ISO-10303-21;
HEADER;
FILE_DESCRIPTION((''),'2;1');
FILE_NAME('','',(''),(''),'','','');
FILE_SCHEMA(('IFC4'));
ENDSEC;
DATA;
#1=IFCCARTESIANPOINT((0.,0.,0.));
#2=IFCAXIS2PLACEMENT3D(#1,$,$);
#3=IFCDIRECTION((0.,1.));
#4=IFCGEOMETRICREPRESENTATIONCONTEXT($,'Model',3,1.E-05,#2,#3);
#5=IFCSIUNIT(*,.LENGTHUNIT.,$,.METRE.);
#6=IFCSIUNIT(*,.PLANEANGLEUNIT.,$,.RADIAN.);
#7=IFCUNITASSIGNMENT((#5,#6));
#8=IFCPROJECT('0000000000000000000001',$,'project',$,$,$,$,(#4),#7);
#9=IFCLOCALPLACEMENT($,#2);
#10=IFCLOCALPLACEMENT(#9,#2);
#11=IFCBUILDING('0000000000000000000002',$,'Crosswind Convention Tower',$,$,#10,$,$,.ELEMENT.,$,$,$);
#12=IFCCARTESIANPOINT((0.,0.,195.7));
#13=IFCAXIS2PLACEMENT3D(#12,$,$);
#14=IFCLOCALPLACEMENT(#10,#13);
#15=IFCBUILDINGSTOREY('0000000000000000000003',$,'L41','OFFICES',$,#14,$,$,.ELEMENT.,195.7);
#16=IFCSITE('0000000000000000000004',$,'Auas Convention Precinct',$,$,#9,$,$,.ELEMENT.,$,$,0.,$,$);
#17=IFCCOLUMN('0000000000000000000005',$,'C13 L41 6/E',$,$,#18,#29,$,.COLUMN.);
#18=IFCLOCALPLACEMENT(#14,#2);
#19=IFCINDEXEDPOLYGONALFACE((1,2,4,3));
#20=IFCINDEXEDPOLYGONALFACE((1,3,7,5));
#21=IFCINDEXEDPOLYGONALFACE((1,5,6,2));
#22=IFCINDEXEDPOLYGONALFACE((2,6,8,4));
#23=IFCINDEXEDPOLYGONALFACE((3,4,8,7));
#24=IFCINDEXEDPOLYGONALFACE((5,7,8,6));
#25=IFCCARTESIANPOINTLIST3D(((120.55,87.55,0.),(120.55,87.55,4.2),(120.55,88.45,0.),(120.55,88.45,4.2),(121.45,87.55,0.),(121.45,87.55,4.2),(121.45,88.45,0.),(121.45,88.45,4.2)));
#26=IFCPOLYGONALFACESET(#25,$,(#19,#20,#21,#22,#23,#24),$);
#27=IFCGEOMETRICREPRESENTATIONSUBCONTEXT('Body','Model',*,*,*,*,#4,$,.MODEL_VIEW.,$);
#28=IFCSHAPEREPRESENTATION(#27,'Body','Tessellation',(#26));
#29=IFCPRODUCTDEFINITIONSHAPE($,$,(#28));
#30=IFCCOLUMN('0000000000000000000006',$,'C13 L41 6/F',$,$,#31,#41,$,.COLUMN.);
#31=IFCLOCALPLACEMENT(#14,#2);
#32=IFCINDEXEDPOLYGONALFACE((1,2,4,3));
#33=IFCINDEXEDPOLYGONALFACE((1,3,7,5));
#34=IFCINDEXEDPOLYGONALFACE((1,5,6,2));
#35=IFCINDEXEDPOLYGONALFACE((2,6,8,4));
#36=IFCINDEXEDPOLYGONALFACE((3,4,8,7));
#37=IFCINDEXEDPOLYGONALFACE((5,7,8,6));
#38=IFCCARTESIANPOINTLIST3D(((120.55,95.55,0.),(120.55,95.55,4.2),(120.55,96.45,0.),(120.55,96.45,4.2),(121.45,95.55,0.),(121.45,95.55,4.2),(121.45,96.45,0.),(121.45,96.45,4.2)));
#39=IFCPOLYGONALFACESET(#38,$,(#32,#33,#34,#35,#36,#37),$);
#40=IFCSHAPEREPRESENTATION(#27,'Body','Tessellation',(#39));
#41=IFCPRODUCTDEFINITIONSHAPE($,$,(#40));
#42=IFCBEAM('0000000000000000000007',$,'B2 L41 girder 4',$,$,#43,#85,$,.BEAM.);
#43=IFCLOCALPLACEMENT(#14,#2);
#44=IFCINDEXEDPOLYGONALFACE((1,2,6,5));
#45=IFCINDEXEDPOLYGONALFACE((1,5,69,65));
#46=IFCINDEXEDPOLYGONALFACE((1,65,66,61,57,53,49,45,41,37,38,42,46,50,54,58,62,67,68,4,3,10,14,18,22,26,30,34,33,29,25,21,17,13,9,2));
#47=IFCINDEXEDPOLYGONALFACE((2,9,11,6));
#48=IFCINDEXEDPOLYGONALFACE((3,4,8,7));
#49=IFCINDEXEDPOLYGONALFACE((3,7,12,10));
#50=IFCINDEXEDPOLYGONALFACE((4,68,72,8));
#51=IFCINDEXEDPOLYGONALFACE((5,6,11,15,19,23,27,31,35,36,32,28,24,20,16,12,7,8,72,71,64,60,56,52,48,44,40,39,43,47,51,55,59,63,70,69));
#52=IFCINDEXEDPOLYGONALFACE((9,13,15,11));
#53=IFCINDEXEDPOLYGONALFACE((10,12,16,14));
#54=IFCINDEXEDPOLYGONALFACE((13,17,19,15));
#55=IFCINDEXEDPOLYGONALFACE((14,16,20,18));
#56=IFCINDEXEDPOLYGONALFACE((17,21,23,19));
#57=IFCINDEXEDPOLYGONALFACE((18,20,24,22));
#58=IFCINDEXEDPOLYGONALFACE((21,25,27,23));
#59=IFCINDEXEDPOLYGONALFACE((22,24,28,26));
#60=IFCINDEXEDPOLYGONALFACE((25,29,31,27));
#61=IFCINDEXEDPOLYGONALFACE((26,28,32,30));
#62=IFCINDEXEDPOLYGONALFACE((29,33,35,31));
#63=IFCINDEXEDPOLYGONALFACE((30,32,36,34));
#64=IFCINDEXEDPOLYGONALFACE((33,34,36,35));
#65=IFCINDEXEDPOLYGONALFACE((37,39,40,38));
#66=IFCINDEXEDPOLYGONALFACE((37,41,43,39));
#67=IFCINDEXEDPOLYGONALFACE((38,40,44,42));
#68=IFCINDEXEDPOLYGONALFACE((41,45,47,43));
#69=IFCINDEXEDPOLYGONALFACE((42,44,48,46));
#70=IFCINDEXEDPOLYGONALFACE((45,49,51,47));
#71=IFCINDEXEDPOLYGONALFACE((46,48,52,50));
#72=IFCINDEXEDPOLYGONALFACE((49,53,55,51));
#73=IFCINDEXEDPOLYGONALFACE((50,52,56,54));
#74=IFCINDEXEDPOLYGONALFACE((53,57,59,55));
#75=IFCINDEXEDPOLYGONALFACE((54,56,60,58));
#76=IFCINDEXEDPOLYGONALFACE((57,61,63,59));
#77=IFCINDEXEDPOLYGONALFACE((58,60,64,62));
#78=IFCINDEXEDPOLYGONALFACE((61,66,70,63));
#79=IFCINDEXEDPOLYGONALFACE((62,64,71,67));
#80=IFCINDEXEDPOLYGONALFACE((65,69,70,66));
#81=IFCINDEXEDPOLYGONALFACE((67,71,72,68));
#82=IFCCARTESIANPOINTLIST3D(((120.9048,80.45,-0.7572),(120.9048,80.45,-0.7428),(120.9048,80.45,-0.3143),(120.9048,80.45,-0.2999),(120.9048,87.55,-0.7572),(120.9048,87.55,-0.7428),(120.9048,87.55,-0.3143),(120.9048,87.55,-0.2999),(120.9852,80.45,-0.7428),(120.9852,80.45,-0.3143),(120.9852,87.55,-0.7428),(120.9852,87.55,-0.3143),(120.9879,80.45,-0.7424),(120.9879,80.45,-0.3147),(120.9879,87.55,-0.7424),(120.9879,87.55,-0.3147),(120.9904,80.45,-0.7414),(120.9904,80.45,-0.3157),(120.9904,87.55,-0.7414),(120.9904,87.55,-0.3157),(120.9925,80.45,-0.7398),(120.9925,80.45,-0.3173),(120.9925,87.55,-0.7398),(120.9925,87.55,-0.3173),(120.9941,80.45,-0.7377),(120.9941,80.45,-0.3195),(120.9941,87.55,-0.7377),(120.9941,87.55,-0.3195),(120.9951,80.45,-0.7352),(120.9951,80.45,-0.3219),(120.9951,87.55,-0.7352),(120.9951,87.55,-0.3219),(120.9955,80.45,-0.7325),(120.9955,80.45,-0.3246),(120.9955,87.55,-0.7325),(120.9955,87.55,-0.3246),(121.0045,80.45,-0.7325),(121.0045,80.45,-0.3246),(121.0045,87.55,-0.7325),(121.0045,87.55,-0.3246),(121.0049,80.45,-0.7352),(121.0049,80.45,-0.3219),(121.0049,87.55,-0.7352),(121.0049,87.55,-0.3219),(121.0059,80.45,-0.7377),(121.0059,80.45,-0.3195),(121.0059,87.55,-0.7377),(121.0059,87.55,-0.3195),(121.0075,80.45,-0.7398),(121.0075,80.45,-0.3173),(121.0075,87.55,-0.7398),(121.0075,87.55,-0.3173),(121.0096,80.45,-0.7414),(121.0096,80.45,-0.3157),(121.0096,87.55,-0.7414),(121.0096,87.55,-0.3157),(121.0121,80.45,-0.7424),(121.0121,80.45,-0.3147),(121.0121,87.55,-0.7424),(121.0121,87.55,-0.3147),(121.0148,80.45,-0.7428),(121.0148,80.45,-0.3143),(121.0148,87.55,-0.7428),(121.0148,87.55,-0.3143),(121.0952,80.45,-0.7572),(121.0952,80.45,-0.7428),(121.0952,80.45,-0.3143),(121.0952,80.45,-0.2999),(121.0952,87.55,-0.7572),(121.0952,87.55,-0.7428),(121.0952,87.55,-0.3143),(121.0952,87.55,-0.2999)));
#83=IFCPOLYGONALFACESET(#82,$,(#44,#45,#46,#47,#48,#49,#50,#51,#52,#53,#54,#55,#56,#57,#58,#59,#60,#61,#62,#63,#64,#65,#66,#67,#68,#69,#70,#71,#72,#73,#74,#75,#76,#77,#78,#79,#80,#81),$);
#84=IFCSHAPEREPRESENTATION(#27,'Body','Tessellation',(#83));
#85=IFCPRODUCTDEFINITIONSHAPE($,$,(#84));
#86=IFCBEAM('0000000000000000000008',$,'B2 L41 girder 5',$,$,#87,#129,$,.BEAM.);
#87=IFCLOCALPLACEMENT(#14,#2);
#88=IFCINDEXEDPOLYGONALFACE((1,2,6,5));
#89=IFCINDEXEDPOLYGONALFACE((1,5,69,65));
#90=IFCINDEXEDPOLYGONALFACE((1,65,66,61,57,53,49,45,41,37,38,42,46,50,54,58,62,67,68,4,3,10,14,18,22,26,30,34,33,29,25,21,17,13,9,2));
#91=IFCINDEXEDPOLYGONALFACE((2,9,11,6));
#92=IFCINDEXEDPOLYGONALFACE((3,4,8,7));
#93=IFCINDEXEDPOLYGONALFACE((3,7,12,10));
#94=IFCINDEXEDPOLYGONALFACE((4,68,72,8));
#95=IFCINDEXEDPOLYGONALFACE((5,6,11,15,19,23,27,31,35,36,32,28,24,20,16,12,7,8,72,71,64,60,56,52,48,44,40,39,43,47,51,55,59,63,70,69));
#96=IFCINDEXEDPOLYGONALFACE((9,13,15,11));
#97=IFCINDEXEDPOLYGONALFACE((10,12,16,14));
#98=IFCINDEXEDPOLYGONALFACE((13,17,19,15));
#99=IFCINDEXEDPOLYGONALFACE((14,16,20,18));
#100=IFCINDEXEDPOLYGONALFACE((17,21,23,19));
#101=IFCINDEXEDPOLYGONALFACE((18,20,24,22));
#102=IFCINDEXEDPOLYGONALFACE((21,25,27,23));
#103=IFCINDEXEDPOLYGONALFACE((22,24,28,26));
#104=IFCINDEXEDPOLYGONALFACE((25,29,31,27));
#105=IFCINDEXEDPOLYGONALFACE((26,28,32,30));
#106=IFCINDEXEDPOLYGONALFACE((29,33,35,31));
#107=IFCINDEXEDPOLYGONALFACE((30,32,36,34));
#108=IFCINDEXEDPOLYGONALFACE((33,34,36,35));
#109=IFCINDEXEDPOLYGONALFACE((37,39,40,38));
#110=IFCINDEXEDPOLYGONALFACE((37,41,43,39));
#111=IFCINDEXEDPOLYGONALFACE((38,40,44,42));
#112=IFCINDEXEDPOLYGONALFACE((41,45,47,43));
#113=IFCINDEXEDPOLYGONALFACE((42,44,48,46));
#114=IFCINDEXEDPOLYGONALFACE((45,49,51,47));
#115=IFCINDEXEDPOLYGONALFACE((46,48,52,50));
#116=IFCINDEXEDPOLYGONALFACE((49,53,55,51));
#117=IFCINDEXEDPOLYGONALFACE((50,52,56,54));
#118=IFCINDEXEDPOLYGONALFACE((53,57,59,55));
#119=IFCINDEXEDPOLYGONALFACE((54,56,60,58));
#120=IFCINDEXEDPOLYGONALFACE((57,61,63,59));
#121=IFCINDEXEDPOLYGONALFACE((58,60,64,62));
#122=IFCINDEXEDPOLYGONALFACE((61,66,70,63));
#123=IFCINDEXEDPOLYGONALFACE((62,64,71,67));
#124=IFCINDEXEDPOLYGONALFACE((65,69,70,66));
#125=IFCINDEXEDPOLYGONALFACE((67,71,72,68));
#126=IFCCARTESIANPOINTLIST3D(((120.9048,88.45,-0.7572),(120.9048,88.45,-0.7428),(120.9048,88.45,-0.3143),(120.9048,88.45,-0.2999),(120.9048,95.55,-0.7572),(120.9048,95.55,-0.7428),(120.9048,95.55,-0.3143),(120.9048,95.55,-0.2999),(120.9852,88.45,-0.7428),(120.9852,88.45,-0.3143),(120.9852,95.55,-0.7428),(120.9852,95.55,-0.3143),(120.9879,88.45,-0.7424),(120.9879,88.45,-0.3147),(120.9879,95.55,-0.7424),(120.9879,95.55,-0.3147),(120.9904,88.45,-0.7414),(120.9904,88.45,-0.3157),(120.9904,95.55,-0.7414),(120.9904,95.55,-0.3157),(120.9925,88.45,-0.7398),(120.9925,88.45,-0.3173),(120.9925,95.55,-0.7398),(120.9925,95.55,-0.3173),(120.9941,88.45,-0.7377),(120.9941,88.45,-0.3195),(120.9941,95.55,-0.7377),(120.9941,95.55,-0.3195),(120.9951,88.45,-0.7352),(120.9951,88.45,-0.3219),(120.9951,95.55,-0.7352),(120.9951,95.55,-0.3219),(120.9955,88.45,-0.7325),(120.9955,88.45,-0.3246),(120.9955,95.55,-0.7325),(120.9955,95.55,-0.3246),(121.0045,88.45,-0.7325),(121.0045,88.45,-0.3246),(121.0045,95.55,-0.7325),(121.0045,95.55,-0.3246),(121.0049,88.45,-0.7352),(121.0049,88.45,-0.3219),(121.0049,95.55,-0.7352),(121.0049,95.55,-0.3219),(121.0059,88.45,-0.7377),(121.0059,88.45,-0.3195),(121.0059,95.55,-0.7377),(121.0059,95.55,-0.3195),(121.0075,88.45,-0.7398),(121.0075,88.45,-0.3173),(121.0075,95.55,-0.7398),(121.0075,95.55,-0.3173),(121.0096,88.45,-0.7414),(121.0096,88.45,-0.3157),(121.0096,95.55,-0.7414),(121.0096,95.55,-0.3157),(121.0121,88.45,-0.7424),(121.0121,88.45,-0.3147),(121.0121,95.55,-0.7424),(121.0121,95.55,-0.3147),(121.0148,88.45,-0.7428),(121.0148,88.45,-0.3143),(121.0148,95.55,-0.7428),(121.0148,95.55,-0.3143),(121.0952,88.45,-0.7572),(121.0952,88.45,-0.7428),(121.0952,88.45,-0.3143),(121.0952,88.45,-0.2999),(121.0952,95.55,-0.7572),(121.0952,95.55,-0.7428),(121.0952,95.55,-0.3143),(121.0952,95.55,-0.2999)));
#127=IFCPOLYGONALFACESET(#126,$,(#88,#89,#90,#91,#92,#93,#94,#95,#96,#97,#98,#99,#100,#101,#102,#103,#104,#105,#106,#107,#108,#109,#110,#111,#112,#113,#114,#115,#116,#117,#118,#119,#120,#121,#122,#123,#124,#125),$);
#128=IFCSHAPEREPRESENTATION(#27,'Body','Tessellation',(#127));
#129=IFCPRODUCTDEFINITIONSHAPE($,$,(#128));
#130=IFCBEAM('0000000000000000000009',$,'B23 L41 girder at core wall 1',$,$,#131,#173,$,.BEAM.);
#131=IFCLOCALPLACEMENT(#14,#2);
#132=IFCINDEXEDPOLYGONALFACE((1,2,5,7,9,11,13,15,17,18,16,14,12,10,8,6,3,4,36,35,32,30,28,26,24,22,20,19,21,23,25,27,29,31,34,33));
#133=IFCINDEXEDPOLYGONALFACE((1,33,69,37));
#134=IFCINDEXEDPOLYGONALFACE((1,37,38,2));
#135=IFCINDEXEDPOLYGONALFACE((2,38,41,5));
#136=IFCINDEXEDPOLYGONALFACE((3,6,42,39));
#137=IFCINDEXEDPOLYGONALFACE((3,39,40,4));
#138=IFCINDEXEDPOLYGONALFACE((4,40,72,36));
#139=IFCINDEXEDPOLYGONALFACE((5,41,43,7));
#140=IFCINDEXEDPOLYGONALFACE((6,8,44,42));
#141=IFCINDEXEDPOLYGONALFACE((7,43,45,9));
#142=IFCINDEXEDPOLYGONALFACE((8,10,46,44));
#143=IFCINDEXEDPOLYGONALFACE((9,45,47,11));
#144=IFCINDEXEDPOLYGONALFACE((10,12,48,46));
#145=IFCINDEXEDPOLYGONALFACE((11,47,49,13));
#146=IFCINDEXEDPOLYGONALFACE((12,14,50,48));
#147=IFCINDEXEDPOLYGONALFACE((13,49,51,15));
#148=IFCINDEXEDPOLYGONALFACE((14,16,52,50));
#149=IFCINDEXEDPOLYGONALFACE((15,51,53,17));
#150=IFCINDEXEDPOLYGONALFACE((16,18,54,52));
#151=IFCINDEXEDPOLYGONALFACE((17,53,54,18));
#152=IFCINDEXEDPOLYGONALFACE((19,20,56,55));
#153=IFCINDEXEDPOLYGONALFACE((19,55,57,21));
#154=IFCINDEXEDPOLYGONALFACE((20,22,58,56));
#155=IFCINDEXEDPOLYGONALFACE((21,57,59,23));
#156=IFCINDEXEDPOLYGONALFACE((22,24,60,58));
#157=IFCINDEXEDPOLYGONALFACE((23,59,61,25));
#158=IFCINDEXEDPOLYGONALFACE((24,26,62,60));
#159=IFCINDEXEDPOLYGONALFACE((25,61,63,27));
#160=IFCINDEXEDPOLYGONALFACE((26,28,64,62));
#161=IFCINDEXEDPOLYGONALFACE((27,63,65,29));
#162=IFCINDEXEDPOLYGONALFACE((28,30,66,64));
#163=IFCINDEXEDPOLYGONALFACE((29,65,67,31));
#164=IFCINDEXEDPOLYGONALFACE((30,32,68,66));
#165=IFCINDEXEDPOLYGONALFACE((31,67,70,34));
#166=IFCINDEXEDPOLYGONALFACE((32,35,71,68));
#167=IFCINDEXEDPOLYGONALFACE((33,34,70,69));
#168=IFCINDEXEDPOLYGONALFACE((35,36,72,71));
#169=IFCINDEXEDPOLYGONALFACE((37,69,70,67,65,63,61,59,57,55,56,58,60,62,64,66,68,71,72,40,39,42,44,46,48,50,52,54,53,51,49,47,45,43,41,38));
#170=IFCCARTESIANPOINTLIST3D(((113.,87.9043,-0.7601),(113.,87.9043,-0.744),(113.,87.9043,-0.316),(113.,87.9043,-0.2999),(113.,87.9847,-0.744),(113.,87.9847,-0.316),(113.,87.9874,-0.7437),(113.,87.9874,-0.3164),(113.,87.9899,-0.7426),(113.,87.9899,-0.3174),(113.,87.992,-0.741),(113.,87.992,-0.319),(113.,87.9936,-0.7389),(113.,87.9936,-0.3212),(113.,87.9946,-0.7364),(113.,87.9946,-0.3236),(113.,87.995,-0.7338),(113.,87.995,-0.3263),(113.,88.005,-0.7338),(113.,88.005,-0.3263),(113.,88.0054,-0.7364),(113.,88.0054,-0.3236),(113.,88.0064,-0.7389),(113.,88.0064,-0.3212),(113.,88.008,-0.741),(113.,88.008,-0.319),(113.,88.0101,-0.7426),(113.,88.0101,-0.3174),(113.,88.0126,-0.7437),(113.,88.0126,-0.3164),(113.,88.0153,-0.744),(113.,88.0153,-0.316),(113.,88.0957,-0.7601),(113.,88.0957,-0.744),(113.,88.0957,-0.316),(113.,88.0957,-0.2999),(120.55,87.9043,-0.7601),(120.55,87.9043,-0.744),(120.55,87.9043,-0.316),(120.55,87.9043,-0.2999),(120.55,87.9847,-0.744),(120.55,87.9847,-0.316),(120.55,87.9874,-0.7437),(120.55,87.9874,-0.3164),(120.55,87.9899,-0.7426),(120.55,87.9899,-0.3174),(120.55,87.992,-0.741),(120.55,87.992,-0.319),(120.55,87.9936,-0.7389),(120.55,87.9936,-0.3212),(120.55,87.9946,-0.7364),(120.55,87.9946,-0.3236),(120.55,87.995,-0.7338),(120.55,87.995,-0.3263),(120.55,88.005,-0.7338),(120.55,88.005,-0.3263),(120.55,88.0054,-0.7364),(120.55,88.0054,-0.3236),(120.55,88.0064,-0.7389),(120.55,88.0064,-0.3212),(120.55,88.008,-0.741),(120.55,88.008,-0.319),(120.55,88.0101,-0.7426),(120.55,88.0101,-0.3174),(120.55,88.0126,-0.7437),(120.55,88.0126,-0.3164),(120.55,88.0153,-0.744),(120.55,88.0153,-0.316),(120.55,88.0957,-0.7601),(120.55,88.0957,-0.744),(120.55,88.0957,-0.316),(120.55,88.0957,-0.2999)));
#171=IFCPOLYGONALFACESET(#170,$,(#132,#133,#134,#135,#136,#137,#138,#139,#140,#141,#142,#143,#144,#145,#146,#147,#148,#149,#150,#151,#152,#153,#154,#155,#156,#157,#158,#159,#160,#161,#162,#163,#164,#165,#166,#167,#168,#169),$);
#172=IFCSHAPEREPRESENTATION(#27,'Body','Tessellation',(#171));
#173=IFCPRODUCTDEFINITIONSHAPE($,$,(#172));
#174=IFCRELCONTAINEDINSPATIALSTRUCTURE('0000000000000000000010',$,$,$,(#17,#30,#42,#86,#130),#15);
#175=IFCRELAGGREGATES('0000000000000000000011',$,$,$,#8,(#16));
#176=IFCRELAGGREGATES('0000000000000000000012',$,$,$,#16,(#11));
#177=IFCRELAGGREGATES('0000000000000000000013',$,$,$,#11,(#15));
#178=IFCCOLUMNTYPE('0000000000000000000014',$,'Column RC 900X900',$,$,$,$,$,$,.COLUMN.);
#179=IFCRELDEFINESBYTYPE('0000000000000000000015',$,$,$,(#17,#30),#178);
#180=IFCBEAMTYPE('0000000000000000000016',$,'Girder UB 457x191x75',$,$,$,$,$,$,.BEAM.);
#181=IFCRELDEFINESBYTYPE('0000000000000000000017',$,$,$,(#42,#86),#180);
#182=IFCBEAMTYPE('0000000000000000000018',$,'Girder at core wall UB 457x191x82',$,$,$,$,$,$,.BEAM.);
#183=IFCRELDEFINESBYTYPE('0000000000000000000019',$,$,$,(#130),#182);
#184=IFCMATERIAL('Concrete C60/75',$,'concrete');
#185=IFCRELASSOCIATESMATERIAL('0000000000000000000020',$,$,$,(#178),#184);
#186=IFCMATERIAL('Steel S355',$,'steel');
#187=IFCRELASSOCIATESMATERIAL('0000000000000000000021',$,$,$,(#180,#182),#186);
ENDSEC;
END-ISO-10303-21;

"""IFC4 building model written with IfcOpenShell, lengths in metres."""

from ifc_helpers import new_model, si_unit, direction, frame, origin, origin_2d, place, context, subcontext, project, spatial, rectangle, i_section, extrude, material, material_profile, profile_set, type_object, element, save


model = new_model("IFC4")

# Units and contexts
model_context = context("Model", 3, precision=1e-05, world=origin(), true_north=direction((0.0, 1.0)))
body_context = subcontext(model_context, "Body", "Model", "MODEL_VIEW")
ifc_project = project(units=[si_unit("LENGTHUNIT", "METRE"), si_unit("PLANEANGLEUNIT", "RADIAN")], contexts=[model_context])

# Site, building, storey
site_placement = place(None, origin())
site = spatial("IfcSite", under=ifc_project, at=site_placement, Name="Auas Convention Precinct", CompositionType="ELEMENT", RefElevation=0.0)
building_placement = place(site_placement, origin())
building = spatial("IfcBuilding", under=site, at=building_placement, Name="Crosswind Convention Tower", CompositionType="ELEMENT")
storey_placement = place(building_placement, frame((0.0, 0.0, 195.7)))
storey = spatial("IfcBuildingStorey", under=building, at=storey_placement, Name="L41", Description="OFFICES", CompositionType="ELEMENT", Elevation=195.7)

# Columns
ifc_material_1 = material(Name="Concrete C60/75", Category="concrete")
ifc_material_profile_1 = material_profile(ifc_material_1, rectangle(XDim=0.8999, YDim=0.8999, at=origin_2d()), Name="RC 900X900")
ifc_profile_set_1 = profile_set([ifc_material_profile_1], Name="Concrete C60/75")
column_type = type_object("IfcColumnType", Name="Column RC 900X900", PredefinedType="COLUMN", material=ifc_profile_set_1)
for number, where, z_axis, x_axis, name in (
    (1, (121.0, 88.0, 0.0), (0.0, 0.0, 1.0), (1.0, 0.0, 0.0), "C13 L41 6/E"),
    (2, (121.0, 96.0, 0.0), (0.0, 0.0, 1.0), (1.0, 0.0, 0.0), "C13 L41 6/F"),
):
    element("IfcColumn", number, at=place(storey_placement, frame(where, z_axis=z_axis, x_axis=x_axis)), inside=storey, type_object=column_type, Name=name, PredefinedType="COLUMN", context=body_context, shape_type="SweptSolid", body=[
        extrude(rectangle(XDim=0.8999, YDim=0.8999, at=origin_2d()), origin(), (0.0, 0.0, 1.0), 4.2),
    ])

# Beams
ifc_material_2 = material(Name="Steel S355", Category="steel")
ifc_material_profile_2 = material_profile(ifc_material_2, i_section(OverallWidth=0.1904, OverallDepth=0.4573, WebThickness=0.009, FlangeThickness=0.0144, FilletRadius=0.0103, at=origin_2d()), Name="UB 457x191x75")
ifc_profile_set_2 = profile_set([ifc_material_profile_2], Name="Steel S355")
beam_type_1 = type_object("IfcBeamType", Name="Girder UB 457x191x75", PredefinedType="BEAM", material=ifc_profile_set_2)
for number, where, z_axis, x_axis, name in (
    (3, (121.0, 80.45, -0.5286), (0.0, 1.0, 0.0), (-1.0, 0.0, 0.0), "B2 L41 girder 4"),
    (4, (121.0, 88.45, -0.5286), (0.0, 1.0, 0.0), (-1.0, 0.0, 0.0), "B2 L41 girder 5"),
):
    element("IfcBeam", number, at=place(storey_placement, frame(where, z_axis=z_axis, x_axis=x_axis)), inside=storey, type_object=beam_type_1, Name=name, PredefinedType="BEAM", context=body_context, shape_type="SweptSolid", body=[
        extrude(i_section(OverallWidth=0.1904, OverallDepth=0.4573, WebThickness=0.009, FlangeThickness=0.0144, FilletRadius=0.0103, at=origin_2d()), origin(), (0.0, 0.0, 1.0), 7.1001),
    ])
ifc_material_profile_3 = material_profile(ifc_material_2, i_section(OverallWidth=0.1914, OverallDepth=0.4602, WebThickness=0.01, FlangeThickness=0.0161, FilletRadius=0.0103, at=origin_2d()), Name="UB 457x191x82")
ifc_profile_set_3 = profile_set([ifc_material_profile_3], Name="Steel S355")
beam_type_2 = type_object("IfcBeamType", Name="Girder at core wall UB 457x191x82", PredefinedType="BEAM", material=ifc_profile_set_3)
for number, where, z_axis, x_axis, name in (
    (5, (113.0, 88.0, -0.53), (1.0, 0.0, 0.0), (0.0, 1.0, 0.0), "B23 L41 girder at core wall 1"),
):
    element("IfcBeam", number, at=place(storey_placement, frame(where, z_axis=z_axis, x_axis=x_axis)), inside=storey, type_object=beam_type_2, Name=name, PredefinedType="BEAM", context=body_context, shape_type="SweptSolid", body=[
        extrude(i_section(OverallWidth=0.1914, OverallDepth=0.4602, WebThickness=0.01, FlangeThickness=0.0161, FilletRadius=0.0103, at=origin_2d()), origin(), (0.0, 0.0, 1.0), 7.55),
    ])

save(model, "model.ifc")
